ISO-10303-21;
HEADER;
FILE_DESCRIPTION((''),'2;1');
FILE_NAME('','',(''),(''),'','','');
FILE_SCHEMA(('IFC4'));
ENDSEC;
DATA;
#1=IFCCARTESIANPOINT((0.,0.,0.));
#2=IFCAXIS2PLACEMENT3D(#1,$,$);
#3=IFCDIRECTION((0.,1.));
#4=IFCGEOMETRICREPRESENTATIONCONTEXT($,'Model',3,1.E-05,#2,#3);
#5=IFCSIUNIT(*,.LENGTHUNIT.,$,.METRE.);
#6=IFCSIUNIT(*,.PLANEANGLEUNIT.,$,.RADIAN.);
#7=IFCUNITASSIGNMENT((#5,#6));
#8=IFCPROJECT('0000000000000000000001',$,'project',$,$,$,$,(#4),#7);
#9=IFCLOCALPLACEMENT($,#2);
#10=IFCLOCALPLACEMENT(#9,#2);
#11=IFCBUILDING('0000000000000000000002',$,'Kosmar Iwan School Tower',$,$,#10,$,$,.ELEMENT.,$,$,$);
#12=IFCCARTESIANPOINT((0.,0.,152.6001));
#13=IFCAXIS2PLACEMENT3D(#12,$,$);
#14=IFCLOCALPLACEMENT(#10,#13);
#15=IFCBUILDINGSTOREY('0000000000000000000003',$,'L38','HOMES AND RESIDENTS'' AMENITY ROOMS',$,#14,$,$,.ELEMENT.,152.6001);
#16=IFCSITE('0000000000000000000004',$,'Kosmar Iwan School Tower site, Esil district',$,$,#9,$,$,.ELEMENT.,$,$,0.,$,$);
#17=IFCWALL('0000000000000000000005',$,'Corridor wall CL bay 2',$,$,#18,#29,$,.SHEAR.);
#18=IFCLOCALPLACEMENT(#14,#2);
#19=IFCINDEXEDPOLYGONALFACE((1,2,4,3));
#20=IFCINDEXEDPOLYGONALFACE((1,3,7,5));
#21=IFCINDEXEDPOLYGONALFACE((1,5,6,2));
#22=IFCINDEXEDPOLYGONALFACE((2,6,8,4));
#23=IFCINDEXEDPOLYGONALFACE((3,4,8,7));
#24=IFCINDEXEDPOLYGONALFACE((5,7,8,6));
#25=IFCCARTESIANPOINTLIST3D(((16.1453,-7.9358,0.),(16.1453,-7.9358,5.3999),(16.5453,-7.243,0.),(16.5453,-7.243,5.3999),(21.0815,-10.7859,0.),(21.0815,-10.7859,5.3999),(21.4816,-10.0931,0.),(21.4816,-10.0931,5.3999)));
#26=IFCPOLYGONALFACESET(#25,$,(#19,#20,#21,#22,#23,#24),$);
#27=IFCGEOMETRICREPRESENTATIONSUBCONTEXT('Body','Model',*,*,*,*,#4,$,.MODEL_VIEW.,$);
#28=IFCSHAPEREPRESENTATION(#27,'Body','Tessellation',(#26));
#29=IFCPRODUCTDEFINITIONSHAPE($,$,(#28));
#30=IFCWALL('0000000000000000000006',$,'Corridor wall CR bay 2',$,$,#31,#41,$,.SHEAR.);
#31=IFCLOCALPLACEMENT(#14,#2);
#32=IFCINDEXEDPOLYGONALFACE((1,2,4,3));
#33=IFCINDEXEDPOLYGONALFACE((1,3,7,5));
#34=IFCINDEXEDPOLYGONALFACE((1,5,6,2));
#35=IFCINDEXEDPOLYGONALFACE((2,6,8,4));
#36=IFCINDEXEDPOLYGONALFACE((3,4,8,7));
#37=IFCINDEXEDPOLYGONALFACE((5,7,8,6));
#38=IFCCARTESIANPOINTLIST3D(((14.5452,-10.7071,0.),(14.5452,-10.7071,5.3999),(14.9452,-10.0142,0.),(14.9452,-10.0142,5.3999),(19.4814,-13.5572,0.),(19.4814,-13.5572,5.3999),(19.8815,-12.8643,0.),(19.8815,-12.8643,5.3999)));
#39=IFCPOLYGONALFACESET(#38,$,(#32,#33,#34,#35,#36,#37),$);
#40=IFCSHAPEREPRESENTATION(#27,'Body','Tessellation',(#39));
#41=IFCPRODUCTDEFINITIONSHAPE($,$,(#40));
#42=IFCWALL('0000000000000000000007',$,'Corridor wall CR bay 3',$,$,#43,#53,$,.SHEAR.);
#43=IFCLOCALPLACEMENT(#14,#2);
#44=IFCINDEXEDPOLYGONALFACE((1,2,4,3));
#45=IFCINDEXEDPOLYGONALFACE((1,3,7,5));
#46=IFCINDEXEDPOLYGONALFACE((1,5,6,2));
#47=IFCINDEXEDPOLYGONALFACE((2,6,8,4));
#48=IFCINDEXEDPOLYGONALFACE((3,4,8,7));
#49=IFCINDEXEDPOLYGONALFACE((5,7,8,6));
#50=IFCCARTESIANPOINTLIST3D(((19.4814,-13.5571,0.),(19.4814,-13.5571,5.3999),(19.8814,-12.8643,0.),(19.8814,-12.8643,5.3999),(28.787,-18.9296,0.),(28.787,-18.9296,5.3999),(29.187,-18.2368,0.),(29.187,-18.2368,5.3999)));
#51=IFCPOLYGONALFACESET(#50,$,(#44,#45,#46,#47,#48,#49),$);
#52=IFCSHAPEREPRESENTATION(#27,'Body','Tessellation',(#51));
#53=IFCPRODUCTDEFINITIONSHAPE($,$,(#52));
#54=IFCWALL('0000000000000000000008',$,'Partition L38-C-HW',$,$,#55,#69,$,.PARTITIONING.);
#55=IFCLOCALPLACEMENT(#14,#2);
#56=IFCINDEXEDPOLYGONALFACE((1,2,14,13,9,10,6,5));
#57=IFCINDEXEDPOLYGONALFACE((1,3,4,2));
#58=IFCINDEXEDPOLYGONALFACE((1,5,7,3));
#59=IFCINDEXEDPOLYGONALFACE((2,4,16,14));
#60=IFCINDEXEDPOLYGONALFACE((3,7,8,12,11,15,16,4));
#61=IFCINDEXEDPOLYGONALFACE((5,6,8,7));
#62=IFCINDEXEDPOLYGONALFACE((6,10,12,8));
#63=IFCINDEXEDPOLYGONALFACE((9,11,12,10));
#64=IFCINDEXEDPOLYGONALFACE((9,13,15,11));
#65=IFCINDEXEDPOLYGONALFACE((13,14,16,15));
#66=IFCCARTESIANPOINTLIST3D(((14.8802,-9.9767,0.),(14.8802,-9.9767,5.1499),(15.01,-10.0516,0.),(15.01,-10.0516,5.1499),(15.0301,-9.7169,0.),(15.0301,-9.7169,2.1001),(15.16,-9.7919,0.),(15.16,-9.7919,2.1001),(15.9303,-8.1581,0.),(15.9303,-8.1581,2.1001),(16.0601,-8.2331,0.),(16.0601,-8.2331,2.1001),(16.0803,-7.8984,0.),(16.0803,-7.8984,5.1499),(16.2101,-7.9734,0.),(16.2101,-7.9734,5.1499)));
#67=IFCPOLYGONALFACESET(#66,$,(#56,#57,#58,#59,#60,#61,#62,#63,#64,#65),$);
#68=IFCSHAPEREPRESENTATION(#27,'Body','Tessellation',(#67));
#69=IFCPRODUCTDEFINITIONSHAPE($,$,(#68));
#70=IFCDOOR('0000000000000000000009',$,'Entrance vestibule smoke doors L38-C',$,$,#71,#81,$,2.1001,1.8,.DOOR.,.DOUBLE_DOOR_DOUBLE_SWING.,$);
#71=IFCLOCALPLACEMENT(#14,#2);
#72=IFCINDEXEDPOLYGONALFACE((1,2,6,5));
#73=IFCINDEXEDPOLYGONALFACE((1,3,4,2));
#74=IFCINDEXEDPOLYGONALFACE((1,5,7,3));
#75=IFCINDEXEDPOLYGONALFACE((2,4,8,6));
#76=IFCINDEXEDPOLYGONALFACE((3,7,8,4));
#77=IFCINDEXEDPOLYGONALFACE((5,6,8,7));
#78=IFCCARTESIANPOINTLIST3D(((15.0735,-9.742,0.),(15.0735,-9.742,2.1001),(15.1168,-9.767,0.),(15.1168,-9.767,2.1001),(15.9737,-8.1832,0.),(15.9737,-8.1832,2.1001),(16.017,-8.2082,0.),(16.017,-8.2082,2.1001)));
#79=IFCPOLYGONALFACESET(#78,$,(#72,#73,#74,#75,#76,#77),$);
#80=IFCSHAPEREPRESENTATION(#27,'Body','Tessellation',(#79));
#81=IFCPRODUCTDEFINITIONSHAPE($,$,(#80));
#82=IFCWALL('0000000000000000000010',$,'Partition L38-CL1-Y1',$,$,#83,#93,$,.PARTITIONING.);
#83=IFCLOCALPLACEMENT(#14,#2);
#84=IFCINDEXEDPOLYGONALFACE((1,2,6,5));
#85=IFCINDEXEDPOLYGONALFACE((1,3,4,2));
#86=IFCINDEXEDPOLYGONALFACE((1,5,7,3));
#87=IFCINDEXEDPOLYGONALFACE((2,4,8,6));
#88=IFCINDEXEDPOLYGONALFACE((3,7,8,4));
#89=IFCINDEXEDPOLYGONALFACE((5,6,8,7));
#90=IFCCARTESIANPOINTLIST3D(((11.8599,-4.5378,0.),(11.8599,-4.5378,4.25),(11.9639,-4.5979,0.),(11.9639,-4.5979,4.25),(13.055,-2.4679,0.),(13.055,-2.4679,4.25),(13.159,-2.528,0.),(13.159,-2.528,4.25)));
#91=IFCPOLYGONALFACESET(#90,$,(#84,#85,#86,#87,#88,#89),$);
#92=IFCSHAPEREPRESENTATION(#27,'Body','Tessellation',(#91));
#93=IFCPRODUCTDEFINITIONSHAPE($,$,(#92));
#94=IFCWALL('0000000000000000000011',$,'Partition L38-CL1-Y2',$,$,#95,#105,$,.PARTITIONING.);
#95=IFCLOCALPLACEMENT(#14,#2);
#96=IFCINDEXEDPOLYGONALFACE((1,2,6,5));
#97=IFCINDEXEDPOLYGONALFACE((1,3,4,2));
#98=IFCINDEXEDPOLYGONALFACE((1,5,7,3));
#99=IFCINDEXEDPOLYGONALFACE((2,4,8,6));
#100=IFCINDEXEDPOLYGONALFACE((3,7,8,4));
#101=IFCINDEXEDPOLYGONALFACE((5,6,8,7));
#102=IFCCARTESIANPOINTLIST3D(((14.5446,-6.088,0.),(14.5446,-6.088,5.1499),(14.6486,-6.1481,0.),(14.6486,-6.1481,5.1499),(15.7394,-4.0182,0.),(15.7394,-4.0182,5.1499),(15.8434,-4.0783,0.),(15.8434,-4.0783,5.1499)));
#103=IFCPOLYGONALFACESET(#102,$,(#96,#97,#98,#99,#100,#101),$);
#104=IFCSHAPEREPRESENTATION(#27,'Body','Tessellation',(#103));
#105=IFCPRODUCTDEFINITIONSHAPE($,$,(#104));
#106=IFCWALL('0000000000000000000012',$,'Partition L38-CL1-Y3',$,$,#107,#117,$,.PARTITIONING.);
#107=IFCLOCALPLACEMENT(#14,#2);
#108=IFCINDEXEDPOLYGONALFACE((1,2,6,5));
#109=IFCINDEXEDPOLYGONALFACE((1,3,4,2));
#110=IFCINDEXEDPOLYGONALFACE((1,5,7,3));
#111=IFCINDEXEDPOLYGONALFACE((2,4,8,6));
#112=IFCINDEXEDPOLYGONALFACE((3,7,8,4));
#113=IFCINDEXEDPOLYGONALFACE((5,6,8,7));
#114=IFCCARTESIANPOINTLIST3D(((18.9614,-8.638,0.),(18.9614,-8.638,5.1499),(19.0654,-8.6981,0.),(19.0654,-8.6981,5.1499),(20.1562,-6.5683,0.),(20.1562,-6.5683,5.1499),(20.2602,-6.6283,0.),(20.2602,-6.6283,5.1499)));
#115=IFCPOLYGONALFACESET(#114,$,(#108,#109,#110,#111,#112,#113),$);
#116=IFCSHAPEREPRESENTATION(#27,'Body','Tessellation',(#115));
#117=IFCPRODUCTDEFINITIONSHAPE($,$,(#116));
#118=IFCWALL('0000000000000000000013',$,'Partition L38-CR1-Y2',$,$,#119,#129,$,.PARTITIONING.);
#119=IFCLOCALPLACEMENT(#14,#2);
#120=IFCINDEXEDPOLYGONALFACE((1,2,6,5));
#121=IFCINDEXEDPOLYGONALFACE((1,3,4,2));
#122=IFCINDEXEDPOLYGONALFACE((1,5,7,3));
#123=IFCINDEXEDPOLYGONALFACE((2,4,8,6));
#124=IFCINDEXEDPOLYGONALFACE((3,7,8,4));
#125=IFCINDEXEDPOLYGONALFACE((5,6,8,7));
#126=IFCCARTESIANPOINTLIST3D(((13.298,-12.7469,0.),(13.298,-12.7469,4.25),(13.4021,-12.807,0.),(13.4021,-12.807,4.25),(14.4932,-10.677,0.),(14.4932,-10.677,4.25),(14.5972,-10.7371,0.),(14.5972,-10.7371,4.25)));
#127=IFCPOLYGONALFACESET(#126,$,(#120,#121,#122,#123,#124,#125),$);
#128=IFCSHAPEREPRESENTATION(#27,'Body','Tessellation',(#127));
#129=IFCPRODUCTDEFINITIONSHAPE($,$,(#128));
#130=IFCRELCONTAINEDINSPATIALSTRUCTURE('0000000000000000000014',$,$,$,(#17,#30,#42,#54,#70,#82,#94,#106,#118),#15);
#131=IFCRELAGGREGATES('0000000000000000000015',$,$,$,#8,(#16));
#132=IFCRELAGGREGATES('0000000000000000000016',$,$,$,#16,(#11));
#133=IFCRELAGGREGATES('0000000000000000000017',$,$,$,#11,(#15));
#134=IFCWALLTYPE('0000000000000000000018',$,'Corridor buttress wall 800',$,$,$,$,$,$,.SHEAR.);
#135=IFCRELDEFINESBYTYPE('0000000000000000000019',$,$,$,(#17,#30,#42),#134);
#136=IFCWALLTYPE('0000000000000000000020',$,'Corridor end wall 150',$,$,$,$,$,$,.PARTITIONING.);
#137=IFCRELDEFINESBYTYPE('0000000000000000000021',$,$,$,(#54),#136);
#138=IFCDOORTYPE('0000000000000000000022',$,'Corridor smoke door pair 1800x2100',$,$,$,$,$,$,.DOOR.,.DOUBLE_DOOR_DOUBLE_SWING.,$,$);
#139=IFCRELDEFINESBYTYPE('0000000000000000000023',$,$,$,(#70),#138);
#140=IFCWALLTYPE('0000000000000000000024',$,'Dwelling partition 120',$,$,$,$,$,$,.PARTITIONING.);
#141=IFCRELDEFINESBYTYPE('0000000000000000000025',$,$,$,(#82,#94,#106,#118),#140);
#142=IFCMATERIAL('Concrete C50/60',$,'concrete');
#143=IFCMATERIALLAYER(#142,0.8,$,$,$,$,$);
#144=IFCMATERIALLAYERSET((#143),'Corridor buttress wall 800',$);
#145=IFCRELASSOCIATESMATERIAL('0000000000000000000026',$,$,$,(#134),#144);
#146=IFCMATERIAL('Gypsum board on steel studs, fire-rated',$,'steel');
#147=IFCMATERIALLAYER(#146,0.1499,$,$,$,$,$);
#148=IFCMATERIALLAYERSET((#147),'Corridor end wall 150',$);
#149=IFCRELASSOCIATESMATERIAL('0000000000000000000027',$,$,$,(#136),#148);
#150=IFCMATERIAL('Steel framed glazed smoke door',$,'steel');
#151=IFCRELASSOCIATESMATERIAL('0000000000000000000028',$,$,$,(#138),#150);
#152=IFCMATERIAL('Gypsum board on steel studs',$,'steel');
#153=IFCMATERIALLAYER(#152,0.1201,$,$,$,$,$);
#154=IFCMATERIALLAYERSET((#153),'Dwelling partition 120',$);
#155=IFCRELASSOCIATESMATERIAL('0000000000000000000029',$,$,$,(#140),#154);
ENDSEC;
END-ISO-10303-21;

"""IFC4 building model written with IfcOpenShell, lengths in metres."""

from ifc_helpers import new_model, si_unit, direction, frame, frame_2d, origin, place, context, subcontext, project, spatial, rectangle, extrude, material, layer, layer_set, type_object, element, fill, save


model = new_model("IFC4")

# Units and contexts
model_context = context("Model", 3, precision=1e-05, world=origin(), true_north=direction((0.0, 1.0)))
body_context = subcontext(model_context, "Body", "Model", "MODEL_VIEW")
ifc_project = project(units=[si_unit("LENGTHUNIT", "METRE"), si_unit("PLANEANGLEUNIT", "RADIAN")], contexts=[model_context])

# Site, building, storey
site_placement = place(None, origin())
site = spatial("IfcSite", under=ifc_project, at=site_placement, Name="Kosmar Iwan School Tower site, Esil district", CompositionType="ELEMENT", RefElevation=0.0)
building_placement = place(site_placement, origin())
building = spatial("IfcBuilding", under=site, at=building_placement, Name="Kosmar Iwan School Tower", CompositionType="ELEMENT")
storey_placement = place(building_placement, frame((0.0, 0.0, 152.6001)))
storey = spatial("IfcBuildingStorey", under=building, at=storey_placement, Name="L38", Description="HOMES AND RESIDENTS' AMENITY ROOMS", CompositionType="ELEMENT", Elevation=152.6001)

# Walls
ifc_material_1 = material(Name="Concrete C50/60", Category="concrete")
ifc_layer_1 = layer(ifc_material_1, 0.8)
ifc_layer_set_1 = layer_set([ifc_layer_1], Name="Corridor buttress wall 800")
wall_type_1 = type_object("IfcWallType", Name="Corridor buttress wall 800", PredefinedType="SHEAR", material=ifc_layer_set_1)
for number, where, z_axis, x_axis, name in (
    (1, (16.3452, -7.5894, 0.0), (0.0, 0.0, 1.0), (0.866015, -0.500018, 0.0), "Corridor wall CL bay 2"),
    (2, (14.7451, -10.3606, 0.0), (0.0, 0.0, 1.0), (0.866015, -0.500018, 0.0), "Corridor wall CR bay 2"),
):
    element("IfcWall", number, at=place(storey_placement, frame(where, z_axis=z_axis, x_axis=x_axis)), inside=storey, type_object=wall_type_1, Name=name, PredefinedType="SHEAR", context=body_context, shape_type="SweptSolid", body=[
        extrude(rectangle(XDim=5.7, YDim=0.8, at=frame_2d((2.8501, 0.0))), origin(), (0.0, 0.0, 1.0), 5.3999),
    ])
wall_1_placement = place(storey_placement, frame((19.6814, -13.2107, 0.0), z_axis=(0.0, 0.0, 1.0), x_axis=(0.866028, -0.499995, 0.0)))
element("IfcWall", 3, at=wall_1_placement, inside=storey, type_object=wall_type_1, Name="Corridor wall CR bay 3", PredefinedType="SHEAR", context=body_context, shape_type="SweptSolid", body=[
    extrude(rectangle(XDim=10.7451, YDim=0.8, at=frame_2d((5.3726, 0.0))), origin(), (0.0, 0.0, 1.0), 5.3999),
])

# Wall, opening, door
ifc_material_2 = material(Name="Gypsum board on steel studs, fire-rated", Category="steel")
ifc_layer_2 = layer(ifc_material_2, 0.1499)
ifc_layer_set_2 = layer_set([ifc_layer_2], Name="Corridor end wall 150")
wall_type_2 = type_object("IfcWallType", Name="Corridor end wall 150", PredefinedType="PARTITIONING", material=ifc_layer_set_2)
wall_2_placement = place(storey_placement, frame((14.9451, -10.0142, 0.0), z_axis=(0.0, 0.0, 1.0), x_axis=(0.500078, 0.865981, 0.0)))
wall_2 = element("IfcWall", 4, at=wall_2_placement, inside=storey, type_object=wall_type_2, Name="Partition L38-C-HW", PredefinedType="PARTITIONING", context=body_context, shape_type="SweptSolid", body=[
    extrude(rectangle(XDim=2.3999, YDim=0.1499, at=frame_2d((1.2, 0.0))), origin(), (0.0, 0.0, 1.0), 5.1499),
])
opening_placement = place(wall_2_placement, frame((0.3, 0.0, 0.0)))
opening = element("IfcOpeningElement", 5, at=opening_placement, cuts=wall_2, PredefinedType="OPENING", context=body_context, shape_type="SweptSolid", body=[
    extrude(rectangle(XDim=1.8, YDim=2.1001, at=frame_2d((0.8999, 1.05))), frame((0.0, 0.0869, 0.0), z_axis=(0.0, -1.0, 0.0), x_axis=(1.0, 0.0, 0.0)), (0.0, 0.0, 1.0), 0.1738),
])
ifc_material_3 = material(Name="Steel framed glazed smoke door", Category="steel")
door_type = type_object("IfcDoorType", Name="Corridor smoke door pair 1800x2100", OperationType="DOUBLE_DOOR_DOUBLE_SWING", PredefinedType="DOOR", material=ifc_material_3)
door_placement = place(opening_placement, origin())
door = element("IfcDoor", 6, at=door_placement, inside=storey, type_object=door_type, Name="Entrance vestibule smoke doors L38-C", OperationType="DOUBLE_DOOR_DOUBLE_SWING", OverallHeight=2.1001, OverallWidth=1.8, PredefinedType="DOOR", context=body_context, shape_type="SweptSolid", body=[
    extrude(rectangle(XDim=1.8, YDim=2.1001, at=frame_2d((0.8999, 1.05))), frame((0.0, 0.0249, 0.0), z_axis=(0.0, -1.0, 0.0), x_axis=(1.0, 0.0, 0.0)), (0.0, 0.0, 1.0), 0.05),
])
fill(opening, door)

# Walls
ifc_material_4 = material(Name="Gypsum board on steel studs", Category="steel")
ifc_layer_3 = layer(ifc_material_4, 0.1201)
ifc_layer_set_3 = layer_set([ifc_layer_3], Name="Dwelling partition 120")
wall_type_3 = type_object("IfcWallType", Name="Dwelling partition 120", PredefinedType="PARTITIONING", material=ifc_layer_set_3)
wall_3_placement = place(storey_placement, frame((11.9119, -4.5679, 0.0), z_axis=(0.0, 0.0, 1.0), x_axis=(0.500017, 0.866015, 0.0)))
element("IfcWall", 7, at=wall_3_placement, inside=storey, type_object=wall_type_3, Name="Partition L38-CL1-Y1", PredefinedType="PARTITIONING", context=body_context, shape_type="SweptSolid", body=[
    extrude(rectangle(XDim=2.3901, YDim=0.1201, at=frame_2d((1.1951, 0.0))), origin(), (0.0, 0.0, 1.0), 4.25),
])
for number, where, z_axis, x_axis, name in (
    (8, (14.5967, -6.1179, 0.0), (0.0, 0.0, 1.0), (0.499941, 0.86606, 0.0), "Partition L38-CL1-Y2"),
    (9, (19.0134, -8.668, 0.0), (0.0, 0.0, 1.0), (0.499941, 0.86606, 0.0), "Partition L38-CL1-Y3"),
):
    element("IfcWall", number, at=place(storey_placement, frame(where, z_axis=z_axis, x_axis=x_axis)), inside=storey, type_object=wall_type_3, Name=name, PredefinedType="PARTITIONING", context=body_context, shape_type="SweptSolid", body=[
        extrude(rectangle(XDim=2.3899, YDim=0.1201, at=frame_2d((1.1948, 0.0))), origin(), (0.0, 0.0, 1.0), 5.1499),
    ])
wall_4_placement = place(storey_placement, frame((14.5452, -10.707, 0.0), z_axis=(0.0, 0.0, 1.0), x_axis=(-0.500017, -0.866015, 0.0)))
element("IfcWall", 10, at=wall_4_placement, inside=storey, type_object=wall_type_3, Name="Partition L38-CR1-Y2", PredefinedType="PARTITIONING", context=body_context, shape_type="SweptSolid", body=[
    extrude(rectangle(XDim=2.3901, YDim=0.1201, at=frame_2d((1.1951, 0.0))), origin(), (0.0, 0.0, 1.0), 4.25),
])

save(model, "model.ifc")
